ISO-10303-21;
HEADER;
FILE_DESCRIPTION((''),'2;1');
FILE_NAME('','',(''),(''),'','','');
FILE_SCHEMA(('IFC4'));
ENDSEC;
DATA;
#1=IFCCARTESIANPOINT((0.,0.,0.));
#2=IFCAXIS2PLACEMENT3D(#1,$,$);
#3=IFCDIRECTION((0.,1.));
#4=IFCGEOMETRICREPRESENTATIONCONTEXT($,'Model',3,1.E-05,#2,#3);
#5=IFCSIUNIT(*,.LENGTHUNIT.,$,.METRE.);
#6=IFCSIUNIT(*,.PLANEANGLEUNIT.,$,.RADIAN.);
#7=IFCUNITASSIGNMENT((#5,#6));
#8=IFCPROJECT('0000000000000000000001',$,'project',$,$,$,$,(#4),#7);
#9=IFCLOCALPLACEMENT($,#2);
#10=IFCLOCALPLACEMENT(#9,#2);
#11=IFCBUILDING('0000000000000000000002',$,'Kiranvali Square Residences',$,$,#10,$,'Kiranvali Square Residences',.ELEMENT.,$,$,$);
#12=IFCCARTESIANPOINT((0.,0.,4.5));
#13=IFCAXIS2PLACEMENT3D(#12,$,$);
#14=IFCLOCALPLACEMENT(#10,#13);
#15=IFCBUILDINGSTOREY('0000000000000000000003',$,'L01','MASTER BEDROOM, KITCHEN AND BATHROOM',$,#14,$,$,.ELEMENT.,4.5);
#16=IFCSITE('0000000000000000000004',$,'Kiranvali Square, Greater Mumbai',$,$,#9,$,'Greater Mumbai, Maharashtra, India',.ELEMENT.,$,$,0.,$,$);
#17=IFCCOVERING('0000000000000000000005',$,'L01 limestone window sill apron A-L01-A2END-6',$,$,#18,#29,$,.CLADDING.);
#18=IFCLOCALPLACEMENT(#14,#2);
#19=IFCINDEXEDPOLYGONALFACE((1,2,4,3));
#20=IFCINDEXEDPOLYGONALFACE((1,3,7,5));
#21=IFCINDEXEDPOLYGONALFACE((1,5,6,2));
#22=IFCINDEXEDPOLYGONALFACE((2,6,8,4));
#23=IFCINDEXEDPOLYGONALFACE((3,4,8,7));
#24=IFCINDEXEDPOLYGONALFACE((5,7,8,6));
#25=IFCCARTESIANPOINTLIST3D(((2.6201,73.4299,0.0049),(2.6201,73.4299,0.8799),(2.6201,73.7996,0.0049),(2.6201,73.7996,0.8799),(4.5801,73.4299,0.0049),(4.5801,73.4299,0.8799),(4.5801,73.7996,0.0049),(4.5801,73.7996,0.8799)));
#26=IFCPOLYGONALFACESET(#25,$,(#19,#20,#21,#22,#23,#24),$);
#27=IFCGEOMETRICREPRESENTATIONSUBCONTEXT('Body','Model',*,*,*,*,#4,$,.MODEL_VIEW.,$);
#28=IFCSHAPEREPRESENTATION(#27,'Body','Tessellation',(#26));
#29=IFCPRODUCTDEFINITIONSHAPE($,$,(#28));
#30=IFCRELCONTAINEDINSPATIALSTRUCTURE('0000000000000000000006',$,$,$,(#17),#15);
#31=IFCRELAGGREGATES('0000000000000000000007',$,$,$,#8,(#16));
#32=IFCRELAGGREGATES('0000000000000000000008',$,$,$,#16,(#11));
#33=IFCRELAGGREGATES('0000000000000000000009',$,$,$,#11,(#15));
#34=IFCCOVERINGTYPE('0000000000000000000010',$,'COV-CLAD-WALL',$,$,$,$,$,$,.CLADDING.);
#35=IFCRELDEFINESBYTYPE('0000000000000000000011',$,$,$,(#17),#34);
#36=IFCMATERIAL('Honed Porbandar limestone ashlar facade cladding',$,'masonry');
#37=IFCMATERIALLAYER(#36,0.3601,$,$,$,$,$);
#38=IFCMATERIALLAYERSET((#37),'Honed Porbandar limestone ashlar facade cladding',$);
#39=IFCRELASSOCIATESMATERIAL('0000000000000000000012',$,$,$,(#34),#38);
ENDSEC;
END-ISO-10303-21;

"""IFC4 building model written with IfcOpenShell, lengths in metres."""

from ifc_helpers import new_model, si_unit, direction, frame, origin, place, context, subcontext, project, spatial, polyline, outline, extrude, material, layer, layer_set, type_object, element, save


model = new_model("IFC4")

# Units and contexts
model_context = context("Model", 3, precision=1e-05, world=origin(), true_north=direction((0.0, 1.0)))
body_context = subcontext(model_context, "Body", "Model", "MODEL_VIEW")
ifc_project = project(units=[si_unit("LENGTHUNIT", "METRE"), si_unit("PLANEANGLEUNIT", "RADIAN")], contexts=[model_context])

# Site, building, storey
site_placement = place(None, origin())
site = spatial("IfcSite", under=ifc_project, at=site_placement, Name="Kiranvali Square, Greater Mumbai", LongName="Greater Mumbai, Maharashtra, India", CompositionType="ELEMENT", RefElevation=0.0)
building_placement = place(site_placement, origin())
building = spatial("IfcBuilding", under=site, at=building_placement, Name="Kiranvali Square Residences", LongName="Kiranvali Square Residences", CompositionType="ELEMENT")
storey_placement = place(building_placement, frame((0.0, 0.0, 4.5)))
storey = spatial("IfcBuildingStorey", under=building, at=storey_placement, Name="L01", Description="MASTER BEDROOM, KITCHEN AND BATHROOM", CompositionType="ELEMENT", Elevation=4.5)

# Covering
ifc_material_1 = material(Name="Honed Porbandar limestone ashlar facade cladding", Category="masonry")
ifc_layer_1 = layer(ifc_material_1, 0.3601)
ifc_layer_set_1 = layer_set([ifc_layer_1], Name="Honed Porbandar limestone ashlar facade cladding")
covering_type_1 = type_object("IfcCoveringType", Name="COV-CLAD-WALL", PredefinedType="CLADDING", material=ifc_layer_set_1)
covering_1_placement = place(storey_placement, frame((0.0, 0.0, 0.0049)))
element("IfcCovering", 1, at=covering_1_placement, inside=storey, type_object=covering_type_1, Name="L01 limestone window sill apron A-L01-A2END-6", PredefinedType="CLADDING", context=body_context, shape_type="SweptSolid", body=[
    extrude(outline(polyline([(4.5801, 73.7996), (2.6201, 73.7996), (2.6201, 73.4299), (4.5801, 73.4299), (4.5801, 73.7996)])), origin(), (0.0, 0.0, 1.0), 0.875),
])

save(model, "model.ifc")
